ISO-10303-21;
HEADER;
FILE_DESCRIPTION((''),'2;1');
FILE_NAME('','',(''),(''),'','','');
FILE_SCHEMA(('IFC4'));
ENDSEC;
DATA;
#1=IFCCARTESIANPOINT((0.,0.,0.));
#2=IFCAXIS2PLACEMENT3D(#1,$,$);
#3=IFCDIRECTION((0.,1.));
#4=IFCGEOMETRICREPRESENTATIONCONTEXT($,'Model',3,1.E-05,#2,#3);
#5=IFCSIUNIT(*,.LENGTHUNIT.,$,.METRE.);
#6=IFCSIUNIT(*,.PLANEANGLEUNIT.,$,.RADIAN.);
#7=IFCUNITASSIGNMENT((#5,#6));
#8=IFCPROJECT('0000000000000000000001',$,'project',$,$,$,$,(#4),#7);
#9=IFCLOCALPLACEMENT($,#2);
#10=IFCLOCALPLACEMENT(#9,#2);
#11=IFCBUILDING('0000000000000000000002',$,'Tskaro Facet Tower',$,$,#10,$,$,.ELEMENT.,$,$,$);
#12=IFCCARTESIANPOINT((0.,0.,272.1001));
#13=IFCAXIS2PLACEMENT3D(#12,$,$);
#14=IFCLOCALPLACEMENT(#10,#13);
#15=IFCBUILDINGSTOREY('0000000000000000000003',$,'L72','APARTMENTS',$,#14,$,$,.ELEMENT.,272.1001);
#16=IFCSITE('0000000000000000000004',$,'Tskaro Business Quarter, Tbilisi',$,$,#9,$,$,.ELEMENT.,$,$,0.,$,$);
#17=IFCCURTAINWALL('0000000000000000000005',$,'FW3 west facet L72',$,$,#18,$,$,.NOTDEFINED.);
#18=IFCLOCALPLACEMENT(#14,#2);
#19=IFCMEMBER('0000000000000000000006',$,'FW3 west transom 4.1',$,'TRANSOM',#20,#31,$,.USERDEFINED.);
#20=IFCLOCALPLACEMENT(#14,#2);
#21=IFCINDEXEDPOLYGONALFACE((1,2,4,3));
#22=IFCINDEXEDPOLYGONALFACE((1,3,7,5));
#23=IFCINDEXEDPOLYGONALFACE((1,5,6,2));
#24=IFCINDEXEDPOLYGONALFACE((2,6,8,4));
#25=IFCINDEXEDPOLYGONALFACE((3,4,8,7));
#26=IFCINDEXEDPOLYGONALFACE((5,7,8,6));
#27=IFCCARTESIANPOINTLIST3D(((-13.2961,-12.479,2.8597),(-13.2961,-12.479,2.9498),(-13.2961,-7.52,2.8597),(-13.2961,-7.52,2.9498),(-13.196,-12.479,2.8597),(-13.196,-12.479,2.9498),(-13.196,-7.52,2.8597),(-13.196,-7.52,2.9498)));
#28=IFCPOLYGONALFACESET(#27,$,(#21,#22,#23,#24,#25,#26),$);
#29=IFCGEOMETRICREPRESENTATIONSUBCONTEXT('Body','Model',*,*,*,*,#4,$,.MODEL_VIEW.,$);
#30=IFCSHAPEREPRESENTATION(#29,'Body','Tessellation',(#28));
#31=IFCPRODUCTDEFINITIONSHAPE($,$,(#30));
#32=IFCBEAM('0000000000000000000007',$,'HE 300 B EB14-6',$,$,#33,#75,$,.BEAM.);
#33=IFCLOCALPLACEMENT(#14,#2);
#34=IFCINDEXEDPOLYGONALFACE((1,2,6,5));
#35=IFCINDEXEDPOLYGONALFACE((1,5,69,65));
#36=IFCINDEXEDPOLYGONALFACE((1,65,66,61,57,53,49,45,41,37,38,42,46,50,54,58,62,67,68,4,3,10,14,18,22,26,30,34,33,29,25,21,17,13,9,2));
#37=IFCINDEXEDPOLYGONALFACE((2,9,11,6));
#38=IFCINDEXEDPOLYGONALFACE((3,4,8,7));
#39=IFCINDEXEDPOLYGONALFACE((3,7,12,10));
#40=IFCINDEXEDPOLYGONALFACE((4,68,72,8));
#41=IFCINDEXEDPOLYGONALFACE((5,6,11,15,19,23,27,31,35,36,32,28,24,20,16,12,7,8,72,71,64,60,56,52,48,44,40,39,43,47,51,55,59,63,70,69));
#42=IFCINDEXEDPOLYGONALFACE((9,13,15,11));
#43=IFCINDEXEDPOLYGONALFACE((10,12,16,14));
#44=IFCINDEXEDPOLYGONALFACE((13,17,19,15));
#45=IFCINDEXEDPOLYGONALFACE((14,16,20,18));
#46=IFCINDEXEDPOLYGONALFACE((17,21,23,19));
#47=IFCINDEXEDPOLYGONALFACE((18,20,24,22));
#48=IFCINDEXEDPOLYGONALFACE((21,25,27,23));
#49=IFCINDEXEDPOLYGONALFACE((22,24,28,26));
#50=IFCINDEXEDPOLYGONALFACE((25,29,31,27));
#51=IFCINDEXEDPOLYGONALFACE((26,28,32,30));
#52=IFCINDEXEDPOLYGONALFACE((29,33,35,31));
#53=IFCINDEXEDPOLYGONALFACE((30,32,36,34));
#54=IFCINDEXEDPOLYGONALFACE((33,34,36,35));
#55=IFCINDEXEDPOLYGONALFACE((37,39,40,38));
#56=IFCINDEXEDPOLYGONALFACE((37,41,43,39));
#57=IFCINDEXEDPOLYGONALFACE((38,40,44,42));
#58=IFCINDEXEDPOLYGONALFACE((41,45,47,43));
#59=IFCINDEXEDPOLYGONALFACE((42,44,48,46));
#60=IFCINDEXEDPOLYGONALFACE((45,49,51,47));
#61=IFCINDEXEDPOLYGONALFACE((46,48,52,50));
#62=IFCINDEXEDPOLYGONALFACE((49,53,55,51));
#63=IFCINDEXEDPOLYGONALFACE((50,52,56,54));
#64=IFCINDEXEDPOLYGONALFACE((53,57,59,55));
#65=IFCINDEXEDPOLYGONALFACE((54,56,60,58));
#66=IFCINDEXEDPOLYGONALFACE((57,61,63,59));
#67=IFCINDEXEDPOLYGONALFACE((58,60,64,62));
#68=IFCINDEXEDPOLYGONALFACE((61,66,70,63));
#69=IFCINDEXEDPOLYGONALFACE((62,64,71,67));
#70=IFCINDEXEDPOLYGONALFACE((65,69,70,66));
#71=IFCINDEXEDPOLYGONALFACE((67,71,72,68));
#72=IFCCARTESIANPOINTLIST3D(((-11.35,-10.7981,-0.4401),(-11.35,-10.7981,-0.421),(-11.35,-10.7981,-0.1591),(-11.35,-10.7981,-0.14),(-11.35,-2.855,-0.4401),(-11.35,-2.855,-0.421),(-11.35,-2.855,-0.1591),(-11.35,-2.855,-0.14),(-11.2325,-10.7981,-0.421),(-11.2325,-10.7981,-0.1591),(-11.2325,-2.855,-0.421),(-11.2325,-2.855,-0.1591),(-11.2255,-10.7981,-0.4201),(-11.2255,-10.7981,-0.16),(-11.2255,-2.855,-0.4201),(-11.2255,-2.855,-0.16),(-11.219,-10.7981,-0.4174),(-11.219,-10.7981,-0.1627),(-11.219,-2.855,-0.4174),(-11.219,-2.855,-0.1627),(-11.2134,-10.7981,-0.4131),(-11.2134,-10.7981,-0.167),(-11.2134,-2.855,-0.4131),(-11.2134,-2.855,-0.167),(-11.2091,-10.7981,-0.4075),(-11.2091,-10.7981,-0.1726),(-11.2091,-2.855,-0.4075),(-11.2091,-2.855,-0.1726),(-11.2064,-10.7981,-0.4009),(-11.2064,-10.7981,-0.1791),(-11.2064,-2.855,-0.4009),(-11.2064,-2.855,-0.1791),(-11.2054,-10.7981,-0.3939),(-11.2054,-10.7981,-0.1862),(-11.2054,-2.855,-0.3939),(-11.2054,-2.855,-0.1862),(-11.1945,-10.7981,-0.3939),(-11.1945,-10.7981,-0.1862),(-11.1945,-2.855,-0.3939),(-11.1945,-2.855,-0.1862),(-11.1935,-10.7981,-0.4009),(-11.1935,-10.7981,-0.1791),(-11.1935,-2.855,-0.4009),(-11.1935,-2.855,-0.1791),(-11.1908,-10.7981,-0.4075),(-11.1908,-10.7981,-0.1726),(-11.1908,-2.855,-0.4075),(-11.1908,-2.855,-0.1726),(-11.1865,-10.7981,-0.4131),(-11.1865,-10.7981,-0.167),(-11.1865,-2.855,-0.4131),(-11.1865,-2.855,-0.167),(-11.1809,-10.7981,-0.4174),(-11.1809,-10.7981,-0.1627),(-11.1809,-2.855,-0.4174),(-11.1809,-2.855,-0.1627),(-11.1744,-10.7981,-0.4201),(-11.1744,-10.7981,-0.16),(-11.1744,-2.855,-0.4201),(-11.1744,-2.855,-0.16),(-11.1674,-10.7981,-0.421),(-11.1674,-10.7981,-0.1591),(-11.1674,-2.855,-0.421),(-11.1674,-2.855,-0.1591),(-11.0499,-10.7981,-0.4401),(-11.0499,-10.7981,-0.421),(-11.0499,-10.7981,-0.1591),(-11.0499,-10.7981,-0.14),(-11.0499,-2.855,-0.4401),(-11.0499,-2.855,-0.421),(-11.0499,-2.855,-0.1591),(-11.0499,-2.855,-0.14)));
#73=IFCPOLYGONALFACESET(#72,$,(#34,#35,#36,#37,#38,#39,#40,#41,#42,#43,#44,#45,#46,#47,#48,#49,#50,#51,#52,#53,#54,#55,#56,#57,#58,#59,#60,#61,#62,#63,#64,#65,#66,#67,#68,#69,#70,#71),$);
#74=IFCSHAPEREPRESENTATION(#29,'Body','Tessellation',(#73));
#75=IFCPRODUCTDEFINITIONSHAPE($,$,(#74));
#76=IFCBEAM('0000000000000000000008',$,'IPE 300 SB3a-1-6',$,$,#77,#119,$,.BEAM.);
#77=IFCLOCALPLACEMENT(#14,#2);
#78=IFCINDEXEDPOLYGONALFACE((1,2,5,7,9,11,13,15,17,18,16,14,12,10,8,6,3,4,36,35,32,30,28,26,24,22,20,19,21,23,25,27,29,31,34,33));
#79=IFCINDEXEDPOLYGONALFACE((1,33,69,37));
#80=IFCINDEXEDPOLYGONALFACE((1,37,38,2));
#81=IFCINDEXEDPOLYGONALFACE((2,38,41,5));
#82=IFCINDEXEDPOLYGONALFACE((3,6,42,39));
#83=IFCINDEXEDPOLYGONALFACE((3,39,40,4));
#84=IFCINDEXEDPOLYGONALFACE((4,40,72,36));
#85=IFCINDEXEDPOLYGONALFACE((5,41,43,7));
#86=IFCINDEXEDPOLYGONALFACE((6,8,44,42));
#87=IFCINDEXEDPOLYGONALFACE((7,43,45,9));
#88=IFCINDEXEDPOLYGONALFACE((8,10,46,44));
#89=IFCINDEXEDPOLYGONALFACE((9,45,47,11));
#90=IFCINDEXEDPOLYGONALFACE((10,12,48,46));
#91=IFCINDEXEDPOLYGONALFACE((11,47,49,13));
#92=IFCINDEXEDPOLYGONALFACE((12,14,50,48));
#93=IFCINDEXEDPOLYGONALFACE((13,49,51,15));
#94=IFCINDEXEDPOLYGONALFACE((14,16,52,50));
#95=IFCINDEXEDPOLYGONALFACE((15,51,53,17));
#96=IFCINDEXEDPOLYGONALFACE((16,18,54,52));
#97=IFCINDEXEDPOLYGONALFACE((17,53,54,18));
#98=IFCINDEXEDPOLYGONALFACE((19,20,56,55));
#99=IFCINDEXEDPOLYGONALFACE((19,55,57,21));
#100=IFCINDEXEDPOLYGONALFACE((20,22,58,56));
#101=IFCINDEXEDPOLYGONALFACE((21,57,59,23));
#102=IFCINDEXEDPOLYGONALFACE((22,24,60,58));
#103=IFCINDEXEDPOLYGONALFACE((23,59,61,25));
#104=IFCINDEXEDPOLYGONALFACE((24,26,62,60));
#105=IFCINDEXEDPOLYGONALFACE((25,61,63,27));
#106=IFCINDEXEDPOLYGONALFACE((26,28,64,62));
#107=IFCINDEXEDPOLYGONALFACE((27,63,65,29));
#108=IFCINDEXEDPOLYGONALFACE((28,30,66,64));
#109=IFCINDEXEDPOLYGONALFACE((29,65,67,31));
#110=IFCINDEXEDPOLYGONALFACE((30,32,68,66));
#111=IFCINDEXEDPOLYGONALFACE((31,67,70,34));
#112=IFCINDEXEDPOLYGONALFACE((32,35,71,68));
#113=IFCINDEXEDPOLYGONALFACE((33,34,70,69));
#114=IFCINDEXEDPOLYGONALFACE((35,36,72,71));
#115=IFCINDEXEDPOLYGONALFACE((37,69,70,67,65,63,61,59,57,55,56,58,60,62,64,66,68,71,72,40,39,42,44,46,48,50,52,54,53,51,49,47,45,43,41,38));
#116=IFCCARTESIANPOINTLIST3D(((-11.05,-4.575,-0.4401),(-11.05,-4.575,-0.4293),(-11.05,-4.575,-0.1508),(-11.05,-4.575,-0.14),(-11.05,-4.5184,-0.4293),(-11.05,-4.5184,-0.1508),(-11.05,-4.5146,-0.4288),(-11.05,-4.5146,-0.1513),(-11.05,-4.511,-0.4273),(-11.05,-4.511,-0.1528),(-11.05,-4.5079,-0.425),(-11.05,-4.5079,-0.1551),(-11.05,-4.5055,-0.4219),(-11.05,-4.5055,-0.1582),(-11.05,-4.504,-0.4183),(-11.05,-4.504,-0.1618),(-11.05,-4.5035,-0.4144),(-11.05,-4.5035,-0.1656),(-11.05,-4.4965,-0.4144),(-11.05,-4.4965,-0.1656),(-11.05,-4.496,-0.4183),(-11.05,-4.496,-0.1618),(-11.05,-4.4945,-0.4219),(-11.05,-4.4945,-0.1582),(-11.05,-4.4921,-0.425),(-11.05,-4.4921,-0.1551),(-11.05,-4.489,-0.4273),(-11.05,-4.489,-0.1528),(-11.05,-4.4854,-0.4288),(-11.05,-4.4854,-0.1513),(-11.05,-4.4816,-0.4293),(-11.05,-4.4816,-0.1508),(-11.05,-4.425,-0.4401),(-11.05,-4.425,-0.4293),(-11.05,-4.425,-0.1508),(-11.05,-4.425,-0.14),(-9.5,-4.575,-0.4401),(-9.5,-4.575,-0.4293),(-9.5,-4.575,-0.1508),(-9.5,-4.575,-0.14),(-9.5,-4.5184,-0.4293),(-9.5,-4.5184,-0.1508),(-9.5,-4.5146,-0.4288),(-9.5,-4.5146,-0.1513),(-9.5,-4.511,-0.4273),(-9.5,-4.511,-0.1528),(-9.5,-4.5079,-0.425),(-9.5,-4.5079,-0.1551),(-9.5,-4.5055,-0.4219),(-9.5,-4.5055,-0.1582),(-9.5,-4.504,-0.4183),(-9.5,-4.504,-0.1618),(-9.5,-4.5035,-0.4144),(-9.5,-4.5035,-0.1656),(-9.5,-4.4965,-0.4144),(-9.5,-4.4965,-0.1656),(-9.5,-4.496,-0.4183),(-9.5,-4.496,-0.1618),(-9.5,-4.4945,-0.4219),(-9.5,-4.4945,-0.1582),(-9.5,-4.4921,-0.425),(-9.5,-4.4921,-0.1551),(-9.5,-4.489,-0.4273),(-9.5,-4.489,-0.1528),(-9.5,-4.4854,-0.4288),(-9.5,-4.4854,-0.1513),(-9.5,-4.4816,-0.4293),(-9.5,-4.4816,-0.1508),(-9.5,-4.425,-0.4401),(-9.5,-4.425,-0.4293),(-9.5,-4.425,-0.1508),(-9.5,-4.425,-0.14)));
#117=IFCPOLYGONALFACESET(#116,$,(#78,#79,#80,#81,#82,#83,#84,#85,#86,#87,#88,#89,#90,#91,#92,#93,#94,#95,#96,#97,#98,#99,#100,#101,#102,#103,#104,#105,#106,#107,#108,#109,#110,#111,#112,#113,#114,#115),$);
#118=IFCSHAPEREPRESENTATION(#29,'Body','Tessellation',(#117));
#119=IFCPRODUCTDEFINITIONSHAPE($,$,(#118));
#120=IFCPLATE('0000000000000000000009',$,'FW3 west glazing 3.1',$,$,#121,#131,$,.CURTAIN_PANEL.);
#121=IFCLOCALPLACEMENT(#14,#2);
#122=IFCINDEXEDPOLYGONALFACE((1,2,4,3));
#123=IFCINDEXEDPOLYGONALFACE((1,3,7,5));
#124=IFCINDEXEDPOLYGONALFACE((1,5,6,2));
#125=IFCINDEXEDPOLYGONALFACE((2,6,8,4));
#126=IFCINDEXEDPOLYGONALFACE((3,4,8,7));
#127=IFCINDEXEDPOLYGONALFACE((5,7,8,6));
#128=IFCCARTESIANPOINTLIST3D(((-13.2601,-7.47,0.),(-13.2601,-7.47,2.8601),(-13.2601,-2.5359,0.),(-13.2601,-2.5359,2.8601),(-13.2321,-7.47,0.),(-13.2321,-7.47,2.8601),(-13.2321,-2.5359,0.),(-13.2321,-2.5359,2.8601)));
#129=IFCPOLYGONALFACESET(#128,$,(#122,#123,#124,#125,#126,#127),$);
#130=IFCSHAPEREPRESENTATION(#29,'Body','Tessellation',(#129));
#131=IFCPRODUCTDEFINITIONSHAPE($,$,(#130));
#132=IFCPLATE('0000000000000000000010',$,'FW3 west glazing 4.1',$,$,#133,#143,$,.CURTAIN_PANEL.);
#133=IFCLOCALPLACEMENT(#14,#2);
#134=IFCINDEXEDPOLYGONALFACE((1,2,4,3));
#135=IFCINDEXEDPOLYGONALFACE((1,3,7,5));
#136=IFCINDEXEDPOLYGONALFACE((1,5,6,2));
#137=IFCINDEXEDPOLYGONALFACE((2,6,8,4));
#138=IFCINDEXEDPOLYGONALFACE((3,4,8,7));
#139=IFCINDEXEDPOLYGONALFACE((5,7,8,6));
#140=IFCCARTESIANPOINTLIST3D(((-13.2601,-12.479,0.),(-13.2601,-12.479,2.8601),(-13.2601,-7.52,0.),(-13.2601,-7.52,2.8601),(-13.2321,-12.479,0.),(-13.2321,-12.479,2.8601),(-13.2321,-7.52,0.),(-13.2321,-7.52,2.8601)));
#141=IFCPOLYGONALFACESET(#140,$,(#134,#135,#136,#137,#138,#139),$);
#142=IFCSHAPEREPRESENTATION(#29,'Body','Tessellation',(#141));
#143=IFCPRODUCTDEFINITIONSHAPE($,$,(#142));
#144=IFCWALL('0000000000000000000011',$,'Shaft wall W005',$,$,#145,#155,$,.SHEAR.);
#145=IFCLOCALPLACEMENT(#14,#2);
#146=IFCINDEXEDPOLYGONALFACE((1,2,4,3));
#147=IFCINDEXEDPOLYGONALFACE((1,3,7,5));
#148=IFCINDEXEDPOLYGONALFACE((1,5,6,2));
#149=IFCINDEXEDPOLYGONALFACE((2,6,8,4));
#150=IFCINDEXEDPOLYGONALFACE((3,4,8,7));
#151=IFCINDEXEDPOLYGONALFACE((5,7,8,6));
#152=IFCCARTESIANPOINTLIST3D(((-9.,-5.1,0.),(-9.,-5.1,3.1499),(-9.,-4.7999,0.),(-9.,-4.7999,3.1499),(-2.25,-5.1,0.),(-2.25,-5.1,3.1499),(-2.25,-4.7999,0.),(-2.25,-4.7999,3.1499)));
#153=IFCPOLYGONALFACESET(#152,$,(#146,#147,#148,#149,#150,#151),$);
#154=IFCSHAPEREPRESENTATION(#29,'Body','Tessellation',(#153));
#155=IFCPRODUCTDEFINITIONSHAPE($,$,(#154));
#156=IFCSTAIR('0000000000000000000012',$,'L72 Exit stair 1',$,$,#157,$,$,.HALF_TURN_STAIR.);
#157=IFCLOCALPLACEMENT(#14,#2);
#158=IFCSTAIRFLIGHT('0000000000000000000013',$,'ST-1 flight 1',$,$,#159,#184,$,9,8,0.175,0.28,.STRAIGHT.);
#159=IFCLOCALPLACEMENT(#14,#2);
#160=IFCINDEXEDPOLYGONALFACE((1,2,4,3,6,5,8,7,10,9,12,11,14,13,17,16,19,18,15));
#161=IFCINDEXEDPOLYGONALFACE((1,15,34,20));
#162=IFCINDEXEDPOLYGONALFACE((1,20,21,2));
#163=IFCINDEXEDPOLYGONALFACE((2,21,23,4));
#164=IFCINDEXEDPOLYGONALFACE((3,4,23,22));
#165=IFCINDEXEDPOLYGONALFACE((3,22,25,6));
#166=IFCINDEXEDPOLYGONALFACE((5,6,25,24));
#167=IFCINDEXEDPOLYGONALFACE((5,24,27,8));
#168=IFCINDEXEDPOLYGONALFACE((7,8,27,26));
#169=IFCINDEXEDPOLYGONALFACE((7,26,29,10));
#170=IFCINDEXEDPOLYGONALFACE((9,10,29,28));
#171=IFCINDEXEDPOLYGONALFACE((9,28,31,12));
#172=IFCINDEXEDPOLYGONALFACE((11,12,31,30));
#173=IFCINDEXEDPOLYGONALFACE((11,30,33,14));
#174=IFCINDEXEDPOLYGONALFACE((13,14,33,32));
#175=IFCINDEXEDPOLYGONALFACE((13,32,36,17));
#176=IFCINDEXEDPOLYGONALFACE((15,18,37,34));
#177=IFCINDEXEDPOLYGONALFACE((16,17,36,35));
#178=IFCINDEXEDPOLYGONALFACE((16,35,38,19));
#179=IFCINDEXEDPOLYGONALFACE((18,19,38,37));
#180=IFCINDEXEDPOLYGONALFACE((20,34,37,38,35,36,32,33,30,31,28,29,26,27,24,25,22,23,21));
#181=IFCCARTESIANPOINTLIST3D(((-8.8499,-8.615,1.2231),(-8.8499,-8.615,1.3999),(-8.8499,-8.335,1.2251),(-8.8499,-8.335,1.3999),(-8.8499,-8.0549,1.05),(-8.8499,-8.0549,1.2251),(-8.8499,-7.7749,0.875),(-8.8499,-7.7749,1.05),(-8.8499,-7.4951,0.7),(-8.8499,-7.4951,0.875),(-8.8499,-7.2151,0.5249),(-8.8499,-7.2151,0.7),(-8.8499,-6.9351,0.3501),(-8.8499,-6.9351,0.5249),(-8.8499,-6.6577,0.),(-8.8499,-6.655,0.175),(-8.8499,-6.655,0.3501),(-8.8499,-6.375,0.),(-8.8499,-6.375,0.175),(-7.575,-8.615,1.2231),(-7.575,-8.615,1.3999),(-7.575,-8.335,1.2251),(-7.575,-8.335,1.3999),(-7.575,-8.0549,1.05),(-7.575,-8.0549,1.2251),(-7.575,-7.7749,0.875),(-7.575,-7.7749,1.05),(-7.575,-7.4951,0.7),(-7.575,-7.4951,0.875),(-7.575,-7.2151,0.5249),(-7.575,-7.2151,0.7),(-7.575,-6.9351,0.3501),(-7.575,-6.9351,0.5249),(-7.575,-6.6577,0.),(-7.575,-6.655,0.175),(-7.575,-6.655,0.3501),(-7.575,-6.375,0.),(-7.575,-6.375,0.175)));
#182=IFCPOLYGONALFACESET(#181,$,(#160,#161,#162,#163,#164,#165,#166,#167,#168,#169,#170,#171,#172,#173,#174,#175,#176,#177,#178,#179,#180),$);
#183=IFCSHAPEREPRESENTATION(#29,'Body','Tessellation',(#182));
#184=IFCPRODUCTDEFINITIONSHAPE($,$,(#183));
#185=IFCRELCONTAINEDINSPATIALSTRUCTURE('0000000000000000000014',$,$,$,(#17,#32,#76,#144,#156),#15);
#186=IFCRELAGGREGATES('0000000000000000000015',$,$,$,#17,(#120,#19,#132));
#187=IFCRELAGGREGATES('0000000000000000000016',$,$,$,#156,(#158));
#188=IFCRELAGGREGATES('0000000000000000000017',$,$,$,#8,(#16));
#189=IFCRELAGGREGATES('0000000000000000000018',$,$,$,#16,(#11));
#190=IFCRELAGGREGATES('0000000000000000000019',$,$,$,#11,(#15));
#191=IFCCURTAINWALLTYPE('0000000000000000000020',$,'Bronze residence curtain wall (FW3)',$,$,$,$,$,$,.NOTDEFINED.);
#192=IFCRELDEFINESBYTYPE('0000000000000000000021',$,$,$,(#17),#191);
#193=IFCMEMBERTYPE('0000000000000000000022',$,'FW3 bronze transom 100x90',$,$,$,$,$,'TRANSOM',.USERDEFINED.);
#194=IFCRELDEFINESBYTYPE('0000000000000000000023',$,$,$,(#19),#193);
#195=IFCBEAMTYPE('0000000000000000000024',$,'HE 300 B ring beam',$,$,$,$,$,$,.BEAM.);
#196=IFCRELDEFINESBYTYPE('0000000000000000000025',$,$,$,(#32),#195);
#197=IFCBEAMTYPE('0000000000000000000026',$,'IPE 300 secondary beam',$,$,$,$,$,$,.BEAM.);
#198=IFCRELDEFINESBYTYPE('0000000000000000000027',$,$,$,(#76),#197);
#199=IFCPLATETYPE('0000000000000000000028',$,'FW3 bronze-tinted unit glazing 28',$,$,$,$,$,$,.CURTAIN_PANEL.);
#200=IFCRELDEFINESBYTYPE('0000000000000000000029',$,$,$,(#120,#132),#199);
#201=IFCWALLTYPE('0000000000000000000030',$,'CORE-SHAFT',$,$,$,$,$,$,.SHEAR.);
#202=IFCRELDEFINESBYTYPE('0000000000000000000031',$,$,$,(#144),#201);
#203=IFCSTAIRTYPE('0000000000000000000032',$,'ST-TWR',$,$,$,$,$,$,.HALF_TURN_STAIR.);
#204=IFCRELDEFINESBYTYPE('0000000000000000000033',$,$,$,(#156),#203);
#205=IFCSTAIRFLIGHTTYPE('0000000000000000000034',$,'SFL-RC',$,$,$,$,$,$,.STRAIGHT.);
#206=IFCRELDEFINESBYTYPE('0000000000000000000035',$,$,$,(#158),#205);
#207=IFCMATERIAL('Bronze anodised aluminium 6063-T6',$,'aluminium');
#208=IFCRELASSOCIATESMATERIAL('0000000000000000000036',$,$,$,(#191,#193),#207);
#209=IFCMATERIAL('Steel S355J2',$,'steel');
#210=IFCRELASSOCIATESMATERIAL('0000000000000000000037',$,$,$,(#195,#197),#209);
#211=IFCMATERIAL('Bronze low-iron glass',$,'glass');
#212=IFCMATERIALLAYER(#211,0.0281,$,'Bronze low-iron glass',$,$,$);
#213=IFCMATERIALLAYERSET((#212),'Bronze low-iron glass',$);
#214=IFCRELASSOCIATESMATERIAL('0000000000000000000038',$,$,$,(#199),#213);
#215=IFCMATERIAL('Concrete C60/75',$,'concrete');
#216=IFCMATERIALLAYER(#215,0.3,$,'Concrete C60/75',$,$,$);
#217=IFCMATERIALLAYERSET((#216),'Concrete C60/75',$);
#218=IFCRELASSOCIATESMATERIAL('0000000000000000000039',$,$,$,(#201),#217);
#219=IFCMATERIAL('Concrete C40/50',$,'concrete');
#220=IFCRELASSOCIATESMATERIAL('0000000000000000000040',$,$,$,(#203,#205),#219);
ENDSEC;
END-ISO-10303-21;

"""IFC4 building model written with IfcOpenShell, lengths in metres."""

from ifc_helpers import new_model, si_unit, direction, frame, frame_2d, origin, origin_2d, place, context, subcontext, project, spatial, polyline, rectangle, i_section, outline, extrude, material, layer, layer_set, material_profile, profile_set, type_object, element, aggregate, save


model = new_model("IFC4")

# Units and contexts
model_context = context("Model", 3, precision=1e-05, world=origin(), true_north=direction((0.0, 1.0)))
body_context = subcontext(model_context, "Body", "Model", "MODEL_VIEW")
ifc_project = project(units=[si_unit("LENGTHUNIT", "METRE"), si_unit("PLANEANGLEUNIT", "RADIAN")], contexts=[model_context])

# Site, building, storey
site_placement = place(None, origin())
site = spatial("IfcSite", under=ifc_project, at=site_placement, Name="Tskaro Business Quarter, Tbilisi", CompositionType="ELEMENT", RefElevation=0.0)
building_placement = place(site_placement, origin())
building = spatial("IfcBuilding", under=site, at=building_placement, Name="Tskaro Facet Tower", CompositionType="ELEMENT")
storey_placement = place(building_placement, frame((0.0, 0.0, 272.1001)))
storey = spatial("IfcBuildingStorey", under=building, at=storey_placement, Name="L72", Description="APARTMENTS", CompositionType="ELEMENT", Elevation=272.1001)

# Shared definitions
ifc_material_1 = material(Name="Steel S355J2", Category="steel")

# Curtain wall, member
ifc_material_2 = material(Name="Bronze anodised aluminium 6063-T6", Category="aluminium")
curtain_wall_type = type_object("IfcCurtainWallType", Name="Bronze residence curtain wall (FW3)", PredefinedType="NOTDEFINED", material=ifc_material_2)
curtain_wall_placement = place(storey_placement, origin())
curtain_wall = element("IfcCurtainWall", 1, at=curtain_wall_placement, inside=storey, type_object=curtain_wall_type, Name="FW3 west facet L72", PredefinedType="NOTDEFINED")
ifc_material_profile_1 = material_profile(ifc_material_2, rectangle(XDim=0.1001, YDim=0.0901, at=origin_2d()), Name="Transom 100x90")
ifc_profile_set_1 = profile_set([ifc_material_profile_1], Name="Bronze anodised aluminium 6063-T6")
member_type_1 = type_object("IfcMemberType", Name="FW3 bronze transom 100x90", ElementType="TRANSOM", PredefinedType="USERDEFINED", material=ifc_profile_set_1)
member_1_placement = place(storey_placement, frame((-13.2461, -7.52, 2.9048), z_axis=(0.0, -1.0, 0.0), x_axis=(1.0, 0.0, 0.0)))
member_1 = element("IfcMember", 2, at=member_1_placement, type_object=member_type_1, Name="FW3 west transom 4.1", ObjectType="TRANSOM", PredefinedType="USERDEFINED", context=body_context, shape_type="SweptSolid", body=[
    extrude(rectangle(XDim=0.1001, YDim=0.0901, at=origin_2d()), origin(), (0.0, 0.0, 1.0), 4.959),
])

# Beams
ifc_material_profile_2 = material_profile(ifc_material_1, i_section(OverallWidth=0.3, OverallDepth=0.3, WebThickness=0.011, FlangeThickness=0.019, FilletRadius=0.0271, at=origin_2d()), Name="HE 300 B")
ifc_profile_set_2 = profile_set([ifc_material_profile_2], Name="Steel S355J2")
beam_type_1 = type_object("IfcBeamType", Name="HE 300 B ring beam", PredefinedType="BEAM", material=ifc_profile_set_2)
beam_1_placement = place(storey_placement, frame((-11.2, -2.855, -0.29), z_axis=(0.0, -1.0, 0.0), x_axis=(1.0, 0.0, 0.0)))
element("IfcBeam", 3, at=beam_1_placement, inside=storey, type_object=beam_type_1, Name="HE 300 B EB14-6", PredefinedType="BEAM", context=body_context, shape_type="SweptSolid", body=[
    extrude(i_section(OverallWidth=0.3, OverallDepth=0.3, WebThickness=0.011, FlangeThickness=0.019, FilletRadius=0.0271, at=origin_2d()), origin(), (0.0, 0.0, 1.0), 7.9431),
])
ifc_material_profile_3 = material_profile(ifc_material_1, i_section(OverallWidth=0.1499, OverallDepth=0.3, WebThickness=0.0071, FlangeThickness=0.0107, FilletRadius=0.0149, at=origin_2d()), Name="IPE 300")
ifc_profile_set_3 = profile_set([ifc_material_profile_3], Name="Steel S355J2")
beam_type_2 = type_object("IfcBeamType", Name="IPE 300 secondary beam", PredefinedType="BEAM", material=ifc_profile_set_3)
beam_2_placement = place(storey_placement, frame((-11.05, -4.5, -0.29), z_axis=(1.0, 0.0, 0.0), x_axis=(0.0, 1.0, 0.0)))
element("IfcBeam", 4, at=beam_2_placement, inside=storey, type_object=beam_type_2, Name="IPE 300 SB3a-1-6", PredefinedType="BEAM", context=body_context, shape_type="SweptSolid", body=[
    extrude(i_section(OverallWidth=0.1499, OverallDepth=0.3, WebThickness=0.0071, FlangeThickness=0.0107, FilletRadius=0.0149, at=origin_2d()), origin(), (0.0, 0.0, 1.0), 1.55),
])

# Plates
ifc_material_3 = material(Name="Bronze low-iron glass", Category="glass")
ifc_layer_1 = layer(ifc_material_3, 0.0281, Name="Bronze low-iron glass")
ifc_layer_set_1 = layer_set([ifc_layer_1], Name="Bronze low-iron glass")
plate_type = type_object("IfcPlateType", Name="FW3 bronze-tinted unit glazing 28", PredefinedType="CURTAIN_PANEL", material=ifc_layer_set_1)
plate_1_placement = place(storey_placement, frame((-13.2461, -5.0029, 0.0), z_axis=(0.0, 0.0, 1.0), x_axis=(0.0, -1.0, 0.0)))
plate_1 = element("IfcPlate", 5, at=plate_1_placement, type_object=plate_type, Name="FW3 west glazing 3.1", PredefinedType="CURTAIN_PANEL", context=body_context, shape_type="SweptSolid", body=[
    extrude(rectangle(XDim=4.9341, YDim=0.0281, at=origin_2d()), origin(), (0.0, 0.0, 1.0), 2.8601),
])
plate_2_placement = place(storey_placement, frame((-13.2461, -9.9995, 0.0), z_axis=(0.0, 0.0, 1.0), x_axis=(0.0, -1.0, 0.0)))
plate_2 = element("IfcPlate", 6, at=plate_2_placement, type_object=plate_type, Name="FW3 west glazing 4.1", PredefinedType="CURTAIN_PANEL", context=body_context, shape_type="SweptSolid", body=[
    extrude(rectangle(XDim=4.959, YDim=0.0281, at=origin_2d()), origin(), (0.0, 0.0, 1.0), 2.8601),
])
aggregate(curtain_wall, [plate_1, member_1, plate_2])

# Wall
ifc_material_4 = material(Name="Concrete C60/75", Category="concrete")
ifc_layer_2 = layer(ifc_material_4, 0.3, Name="Concrete C60/75")
ifc_layer_set_2 = layer_set([ifc_layer_2], Name="Concrete C60/75")
wall_type = type_object("IfcWallType", Name="CORE-SHAFT", PredefinedType="SHEAR", material=ifc_layer_set_2)
wall_placement = place(storey_placement, frame((-9.0, -4.95, 0.0), z_axis=(0.0, 0.0, 1.0), x_axis=(1.0, 0.0, 0.0)))
element("IfcWall", 7, at=wall_placement, inside=storey, type_object=wall_type, Name="Shaft wall W005", PredefinedType="SHEAR", context=body_context, shape_type="SweptSolid", body=[
    extrude(rectangle(XDim=6.75, YDim=0.3, at=frame_2d((3.375, 0.0))), origin(), (0.0, 0.0, 1.0), 3.1499),
])

# Stair, stair flight
ifc_material_5 = material(Name="Concrete C40/50", Category="concrete")
stair_type = type_object("IfcStairType", Name="ST-TWR", PredefinedType="HALF_TURN_STAIR", material=ifc_material_5)
stair_placement = place(storey_placement, origin())
stair = element("IfcStair", 8, at=stair_placement, inside=storey, type_object=stair_type, Name="L72 Exit stair 1", PredefinedType="HALF_TURN_STAIR")
stair_flight_type = type_object("IfcStairFlightType", Name="SFL-RC", PredefinedType="STRAIGHT", material=ifc_material_5)
stair_flight_placement = place(storey_placement, frame((-8.2124, -6.375, 0.0), z_axis=(0.0, 0.0, 1.0), x_axis=(0.0, -1.0, 0.0)))
stair_flight = element("IfcStairFlight", 9, at=stair_flight_placement, type_object=stair_flight_type, Name="ST-1 flight 1", NumberOfRisers=9, NumberOfTreads=8, PredefinedType="STRAIGHT", RiserHeight=0.175, TreadLength=0.28, context=body_context, shape_type="SweptSolid", body=[
    extrude(outline(polyline([(0.0, 0.0), (0.0, 0.175), (0.28, 0.175), (0.28, 0.3501), (0.5601, 0.3501), (0.5601, 0.5249), (0.8401, 0.5249), (0.8401, 0.7), (1.1201, 0.7), (1.1201, 0.875), (1.3999, 0.875), (1.3999, 1.05), (1.6799, 1.05), (1.6799, 1.2251), (1.96, 1.2251), (1.96, 1.3999), (2.24, 1.3999), (2.24, 1.575), (2.24, 1.2231), (0.2827, 0.0), (0.0, 0.0)])), frame((0.0, 0.6375, 0.0), z_axis=(0.0, -1.0, 0.0), x_axis=(1.0, 0.0, 0.0)), (0.0, 0.0, 1.0), 1.2749),
])
aggregate(stair, [stair_flight])

save(model, "model.ifc")
